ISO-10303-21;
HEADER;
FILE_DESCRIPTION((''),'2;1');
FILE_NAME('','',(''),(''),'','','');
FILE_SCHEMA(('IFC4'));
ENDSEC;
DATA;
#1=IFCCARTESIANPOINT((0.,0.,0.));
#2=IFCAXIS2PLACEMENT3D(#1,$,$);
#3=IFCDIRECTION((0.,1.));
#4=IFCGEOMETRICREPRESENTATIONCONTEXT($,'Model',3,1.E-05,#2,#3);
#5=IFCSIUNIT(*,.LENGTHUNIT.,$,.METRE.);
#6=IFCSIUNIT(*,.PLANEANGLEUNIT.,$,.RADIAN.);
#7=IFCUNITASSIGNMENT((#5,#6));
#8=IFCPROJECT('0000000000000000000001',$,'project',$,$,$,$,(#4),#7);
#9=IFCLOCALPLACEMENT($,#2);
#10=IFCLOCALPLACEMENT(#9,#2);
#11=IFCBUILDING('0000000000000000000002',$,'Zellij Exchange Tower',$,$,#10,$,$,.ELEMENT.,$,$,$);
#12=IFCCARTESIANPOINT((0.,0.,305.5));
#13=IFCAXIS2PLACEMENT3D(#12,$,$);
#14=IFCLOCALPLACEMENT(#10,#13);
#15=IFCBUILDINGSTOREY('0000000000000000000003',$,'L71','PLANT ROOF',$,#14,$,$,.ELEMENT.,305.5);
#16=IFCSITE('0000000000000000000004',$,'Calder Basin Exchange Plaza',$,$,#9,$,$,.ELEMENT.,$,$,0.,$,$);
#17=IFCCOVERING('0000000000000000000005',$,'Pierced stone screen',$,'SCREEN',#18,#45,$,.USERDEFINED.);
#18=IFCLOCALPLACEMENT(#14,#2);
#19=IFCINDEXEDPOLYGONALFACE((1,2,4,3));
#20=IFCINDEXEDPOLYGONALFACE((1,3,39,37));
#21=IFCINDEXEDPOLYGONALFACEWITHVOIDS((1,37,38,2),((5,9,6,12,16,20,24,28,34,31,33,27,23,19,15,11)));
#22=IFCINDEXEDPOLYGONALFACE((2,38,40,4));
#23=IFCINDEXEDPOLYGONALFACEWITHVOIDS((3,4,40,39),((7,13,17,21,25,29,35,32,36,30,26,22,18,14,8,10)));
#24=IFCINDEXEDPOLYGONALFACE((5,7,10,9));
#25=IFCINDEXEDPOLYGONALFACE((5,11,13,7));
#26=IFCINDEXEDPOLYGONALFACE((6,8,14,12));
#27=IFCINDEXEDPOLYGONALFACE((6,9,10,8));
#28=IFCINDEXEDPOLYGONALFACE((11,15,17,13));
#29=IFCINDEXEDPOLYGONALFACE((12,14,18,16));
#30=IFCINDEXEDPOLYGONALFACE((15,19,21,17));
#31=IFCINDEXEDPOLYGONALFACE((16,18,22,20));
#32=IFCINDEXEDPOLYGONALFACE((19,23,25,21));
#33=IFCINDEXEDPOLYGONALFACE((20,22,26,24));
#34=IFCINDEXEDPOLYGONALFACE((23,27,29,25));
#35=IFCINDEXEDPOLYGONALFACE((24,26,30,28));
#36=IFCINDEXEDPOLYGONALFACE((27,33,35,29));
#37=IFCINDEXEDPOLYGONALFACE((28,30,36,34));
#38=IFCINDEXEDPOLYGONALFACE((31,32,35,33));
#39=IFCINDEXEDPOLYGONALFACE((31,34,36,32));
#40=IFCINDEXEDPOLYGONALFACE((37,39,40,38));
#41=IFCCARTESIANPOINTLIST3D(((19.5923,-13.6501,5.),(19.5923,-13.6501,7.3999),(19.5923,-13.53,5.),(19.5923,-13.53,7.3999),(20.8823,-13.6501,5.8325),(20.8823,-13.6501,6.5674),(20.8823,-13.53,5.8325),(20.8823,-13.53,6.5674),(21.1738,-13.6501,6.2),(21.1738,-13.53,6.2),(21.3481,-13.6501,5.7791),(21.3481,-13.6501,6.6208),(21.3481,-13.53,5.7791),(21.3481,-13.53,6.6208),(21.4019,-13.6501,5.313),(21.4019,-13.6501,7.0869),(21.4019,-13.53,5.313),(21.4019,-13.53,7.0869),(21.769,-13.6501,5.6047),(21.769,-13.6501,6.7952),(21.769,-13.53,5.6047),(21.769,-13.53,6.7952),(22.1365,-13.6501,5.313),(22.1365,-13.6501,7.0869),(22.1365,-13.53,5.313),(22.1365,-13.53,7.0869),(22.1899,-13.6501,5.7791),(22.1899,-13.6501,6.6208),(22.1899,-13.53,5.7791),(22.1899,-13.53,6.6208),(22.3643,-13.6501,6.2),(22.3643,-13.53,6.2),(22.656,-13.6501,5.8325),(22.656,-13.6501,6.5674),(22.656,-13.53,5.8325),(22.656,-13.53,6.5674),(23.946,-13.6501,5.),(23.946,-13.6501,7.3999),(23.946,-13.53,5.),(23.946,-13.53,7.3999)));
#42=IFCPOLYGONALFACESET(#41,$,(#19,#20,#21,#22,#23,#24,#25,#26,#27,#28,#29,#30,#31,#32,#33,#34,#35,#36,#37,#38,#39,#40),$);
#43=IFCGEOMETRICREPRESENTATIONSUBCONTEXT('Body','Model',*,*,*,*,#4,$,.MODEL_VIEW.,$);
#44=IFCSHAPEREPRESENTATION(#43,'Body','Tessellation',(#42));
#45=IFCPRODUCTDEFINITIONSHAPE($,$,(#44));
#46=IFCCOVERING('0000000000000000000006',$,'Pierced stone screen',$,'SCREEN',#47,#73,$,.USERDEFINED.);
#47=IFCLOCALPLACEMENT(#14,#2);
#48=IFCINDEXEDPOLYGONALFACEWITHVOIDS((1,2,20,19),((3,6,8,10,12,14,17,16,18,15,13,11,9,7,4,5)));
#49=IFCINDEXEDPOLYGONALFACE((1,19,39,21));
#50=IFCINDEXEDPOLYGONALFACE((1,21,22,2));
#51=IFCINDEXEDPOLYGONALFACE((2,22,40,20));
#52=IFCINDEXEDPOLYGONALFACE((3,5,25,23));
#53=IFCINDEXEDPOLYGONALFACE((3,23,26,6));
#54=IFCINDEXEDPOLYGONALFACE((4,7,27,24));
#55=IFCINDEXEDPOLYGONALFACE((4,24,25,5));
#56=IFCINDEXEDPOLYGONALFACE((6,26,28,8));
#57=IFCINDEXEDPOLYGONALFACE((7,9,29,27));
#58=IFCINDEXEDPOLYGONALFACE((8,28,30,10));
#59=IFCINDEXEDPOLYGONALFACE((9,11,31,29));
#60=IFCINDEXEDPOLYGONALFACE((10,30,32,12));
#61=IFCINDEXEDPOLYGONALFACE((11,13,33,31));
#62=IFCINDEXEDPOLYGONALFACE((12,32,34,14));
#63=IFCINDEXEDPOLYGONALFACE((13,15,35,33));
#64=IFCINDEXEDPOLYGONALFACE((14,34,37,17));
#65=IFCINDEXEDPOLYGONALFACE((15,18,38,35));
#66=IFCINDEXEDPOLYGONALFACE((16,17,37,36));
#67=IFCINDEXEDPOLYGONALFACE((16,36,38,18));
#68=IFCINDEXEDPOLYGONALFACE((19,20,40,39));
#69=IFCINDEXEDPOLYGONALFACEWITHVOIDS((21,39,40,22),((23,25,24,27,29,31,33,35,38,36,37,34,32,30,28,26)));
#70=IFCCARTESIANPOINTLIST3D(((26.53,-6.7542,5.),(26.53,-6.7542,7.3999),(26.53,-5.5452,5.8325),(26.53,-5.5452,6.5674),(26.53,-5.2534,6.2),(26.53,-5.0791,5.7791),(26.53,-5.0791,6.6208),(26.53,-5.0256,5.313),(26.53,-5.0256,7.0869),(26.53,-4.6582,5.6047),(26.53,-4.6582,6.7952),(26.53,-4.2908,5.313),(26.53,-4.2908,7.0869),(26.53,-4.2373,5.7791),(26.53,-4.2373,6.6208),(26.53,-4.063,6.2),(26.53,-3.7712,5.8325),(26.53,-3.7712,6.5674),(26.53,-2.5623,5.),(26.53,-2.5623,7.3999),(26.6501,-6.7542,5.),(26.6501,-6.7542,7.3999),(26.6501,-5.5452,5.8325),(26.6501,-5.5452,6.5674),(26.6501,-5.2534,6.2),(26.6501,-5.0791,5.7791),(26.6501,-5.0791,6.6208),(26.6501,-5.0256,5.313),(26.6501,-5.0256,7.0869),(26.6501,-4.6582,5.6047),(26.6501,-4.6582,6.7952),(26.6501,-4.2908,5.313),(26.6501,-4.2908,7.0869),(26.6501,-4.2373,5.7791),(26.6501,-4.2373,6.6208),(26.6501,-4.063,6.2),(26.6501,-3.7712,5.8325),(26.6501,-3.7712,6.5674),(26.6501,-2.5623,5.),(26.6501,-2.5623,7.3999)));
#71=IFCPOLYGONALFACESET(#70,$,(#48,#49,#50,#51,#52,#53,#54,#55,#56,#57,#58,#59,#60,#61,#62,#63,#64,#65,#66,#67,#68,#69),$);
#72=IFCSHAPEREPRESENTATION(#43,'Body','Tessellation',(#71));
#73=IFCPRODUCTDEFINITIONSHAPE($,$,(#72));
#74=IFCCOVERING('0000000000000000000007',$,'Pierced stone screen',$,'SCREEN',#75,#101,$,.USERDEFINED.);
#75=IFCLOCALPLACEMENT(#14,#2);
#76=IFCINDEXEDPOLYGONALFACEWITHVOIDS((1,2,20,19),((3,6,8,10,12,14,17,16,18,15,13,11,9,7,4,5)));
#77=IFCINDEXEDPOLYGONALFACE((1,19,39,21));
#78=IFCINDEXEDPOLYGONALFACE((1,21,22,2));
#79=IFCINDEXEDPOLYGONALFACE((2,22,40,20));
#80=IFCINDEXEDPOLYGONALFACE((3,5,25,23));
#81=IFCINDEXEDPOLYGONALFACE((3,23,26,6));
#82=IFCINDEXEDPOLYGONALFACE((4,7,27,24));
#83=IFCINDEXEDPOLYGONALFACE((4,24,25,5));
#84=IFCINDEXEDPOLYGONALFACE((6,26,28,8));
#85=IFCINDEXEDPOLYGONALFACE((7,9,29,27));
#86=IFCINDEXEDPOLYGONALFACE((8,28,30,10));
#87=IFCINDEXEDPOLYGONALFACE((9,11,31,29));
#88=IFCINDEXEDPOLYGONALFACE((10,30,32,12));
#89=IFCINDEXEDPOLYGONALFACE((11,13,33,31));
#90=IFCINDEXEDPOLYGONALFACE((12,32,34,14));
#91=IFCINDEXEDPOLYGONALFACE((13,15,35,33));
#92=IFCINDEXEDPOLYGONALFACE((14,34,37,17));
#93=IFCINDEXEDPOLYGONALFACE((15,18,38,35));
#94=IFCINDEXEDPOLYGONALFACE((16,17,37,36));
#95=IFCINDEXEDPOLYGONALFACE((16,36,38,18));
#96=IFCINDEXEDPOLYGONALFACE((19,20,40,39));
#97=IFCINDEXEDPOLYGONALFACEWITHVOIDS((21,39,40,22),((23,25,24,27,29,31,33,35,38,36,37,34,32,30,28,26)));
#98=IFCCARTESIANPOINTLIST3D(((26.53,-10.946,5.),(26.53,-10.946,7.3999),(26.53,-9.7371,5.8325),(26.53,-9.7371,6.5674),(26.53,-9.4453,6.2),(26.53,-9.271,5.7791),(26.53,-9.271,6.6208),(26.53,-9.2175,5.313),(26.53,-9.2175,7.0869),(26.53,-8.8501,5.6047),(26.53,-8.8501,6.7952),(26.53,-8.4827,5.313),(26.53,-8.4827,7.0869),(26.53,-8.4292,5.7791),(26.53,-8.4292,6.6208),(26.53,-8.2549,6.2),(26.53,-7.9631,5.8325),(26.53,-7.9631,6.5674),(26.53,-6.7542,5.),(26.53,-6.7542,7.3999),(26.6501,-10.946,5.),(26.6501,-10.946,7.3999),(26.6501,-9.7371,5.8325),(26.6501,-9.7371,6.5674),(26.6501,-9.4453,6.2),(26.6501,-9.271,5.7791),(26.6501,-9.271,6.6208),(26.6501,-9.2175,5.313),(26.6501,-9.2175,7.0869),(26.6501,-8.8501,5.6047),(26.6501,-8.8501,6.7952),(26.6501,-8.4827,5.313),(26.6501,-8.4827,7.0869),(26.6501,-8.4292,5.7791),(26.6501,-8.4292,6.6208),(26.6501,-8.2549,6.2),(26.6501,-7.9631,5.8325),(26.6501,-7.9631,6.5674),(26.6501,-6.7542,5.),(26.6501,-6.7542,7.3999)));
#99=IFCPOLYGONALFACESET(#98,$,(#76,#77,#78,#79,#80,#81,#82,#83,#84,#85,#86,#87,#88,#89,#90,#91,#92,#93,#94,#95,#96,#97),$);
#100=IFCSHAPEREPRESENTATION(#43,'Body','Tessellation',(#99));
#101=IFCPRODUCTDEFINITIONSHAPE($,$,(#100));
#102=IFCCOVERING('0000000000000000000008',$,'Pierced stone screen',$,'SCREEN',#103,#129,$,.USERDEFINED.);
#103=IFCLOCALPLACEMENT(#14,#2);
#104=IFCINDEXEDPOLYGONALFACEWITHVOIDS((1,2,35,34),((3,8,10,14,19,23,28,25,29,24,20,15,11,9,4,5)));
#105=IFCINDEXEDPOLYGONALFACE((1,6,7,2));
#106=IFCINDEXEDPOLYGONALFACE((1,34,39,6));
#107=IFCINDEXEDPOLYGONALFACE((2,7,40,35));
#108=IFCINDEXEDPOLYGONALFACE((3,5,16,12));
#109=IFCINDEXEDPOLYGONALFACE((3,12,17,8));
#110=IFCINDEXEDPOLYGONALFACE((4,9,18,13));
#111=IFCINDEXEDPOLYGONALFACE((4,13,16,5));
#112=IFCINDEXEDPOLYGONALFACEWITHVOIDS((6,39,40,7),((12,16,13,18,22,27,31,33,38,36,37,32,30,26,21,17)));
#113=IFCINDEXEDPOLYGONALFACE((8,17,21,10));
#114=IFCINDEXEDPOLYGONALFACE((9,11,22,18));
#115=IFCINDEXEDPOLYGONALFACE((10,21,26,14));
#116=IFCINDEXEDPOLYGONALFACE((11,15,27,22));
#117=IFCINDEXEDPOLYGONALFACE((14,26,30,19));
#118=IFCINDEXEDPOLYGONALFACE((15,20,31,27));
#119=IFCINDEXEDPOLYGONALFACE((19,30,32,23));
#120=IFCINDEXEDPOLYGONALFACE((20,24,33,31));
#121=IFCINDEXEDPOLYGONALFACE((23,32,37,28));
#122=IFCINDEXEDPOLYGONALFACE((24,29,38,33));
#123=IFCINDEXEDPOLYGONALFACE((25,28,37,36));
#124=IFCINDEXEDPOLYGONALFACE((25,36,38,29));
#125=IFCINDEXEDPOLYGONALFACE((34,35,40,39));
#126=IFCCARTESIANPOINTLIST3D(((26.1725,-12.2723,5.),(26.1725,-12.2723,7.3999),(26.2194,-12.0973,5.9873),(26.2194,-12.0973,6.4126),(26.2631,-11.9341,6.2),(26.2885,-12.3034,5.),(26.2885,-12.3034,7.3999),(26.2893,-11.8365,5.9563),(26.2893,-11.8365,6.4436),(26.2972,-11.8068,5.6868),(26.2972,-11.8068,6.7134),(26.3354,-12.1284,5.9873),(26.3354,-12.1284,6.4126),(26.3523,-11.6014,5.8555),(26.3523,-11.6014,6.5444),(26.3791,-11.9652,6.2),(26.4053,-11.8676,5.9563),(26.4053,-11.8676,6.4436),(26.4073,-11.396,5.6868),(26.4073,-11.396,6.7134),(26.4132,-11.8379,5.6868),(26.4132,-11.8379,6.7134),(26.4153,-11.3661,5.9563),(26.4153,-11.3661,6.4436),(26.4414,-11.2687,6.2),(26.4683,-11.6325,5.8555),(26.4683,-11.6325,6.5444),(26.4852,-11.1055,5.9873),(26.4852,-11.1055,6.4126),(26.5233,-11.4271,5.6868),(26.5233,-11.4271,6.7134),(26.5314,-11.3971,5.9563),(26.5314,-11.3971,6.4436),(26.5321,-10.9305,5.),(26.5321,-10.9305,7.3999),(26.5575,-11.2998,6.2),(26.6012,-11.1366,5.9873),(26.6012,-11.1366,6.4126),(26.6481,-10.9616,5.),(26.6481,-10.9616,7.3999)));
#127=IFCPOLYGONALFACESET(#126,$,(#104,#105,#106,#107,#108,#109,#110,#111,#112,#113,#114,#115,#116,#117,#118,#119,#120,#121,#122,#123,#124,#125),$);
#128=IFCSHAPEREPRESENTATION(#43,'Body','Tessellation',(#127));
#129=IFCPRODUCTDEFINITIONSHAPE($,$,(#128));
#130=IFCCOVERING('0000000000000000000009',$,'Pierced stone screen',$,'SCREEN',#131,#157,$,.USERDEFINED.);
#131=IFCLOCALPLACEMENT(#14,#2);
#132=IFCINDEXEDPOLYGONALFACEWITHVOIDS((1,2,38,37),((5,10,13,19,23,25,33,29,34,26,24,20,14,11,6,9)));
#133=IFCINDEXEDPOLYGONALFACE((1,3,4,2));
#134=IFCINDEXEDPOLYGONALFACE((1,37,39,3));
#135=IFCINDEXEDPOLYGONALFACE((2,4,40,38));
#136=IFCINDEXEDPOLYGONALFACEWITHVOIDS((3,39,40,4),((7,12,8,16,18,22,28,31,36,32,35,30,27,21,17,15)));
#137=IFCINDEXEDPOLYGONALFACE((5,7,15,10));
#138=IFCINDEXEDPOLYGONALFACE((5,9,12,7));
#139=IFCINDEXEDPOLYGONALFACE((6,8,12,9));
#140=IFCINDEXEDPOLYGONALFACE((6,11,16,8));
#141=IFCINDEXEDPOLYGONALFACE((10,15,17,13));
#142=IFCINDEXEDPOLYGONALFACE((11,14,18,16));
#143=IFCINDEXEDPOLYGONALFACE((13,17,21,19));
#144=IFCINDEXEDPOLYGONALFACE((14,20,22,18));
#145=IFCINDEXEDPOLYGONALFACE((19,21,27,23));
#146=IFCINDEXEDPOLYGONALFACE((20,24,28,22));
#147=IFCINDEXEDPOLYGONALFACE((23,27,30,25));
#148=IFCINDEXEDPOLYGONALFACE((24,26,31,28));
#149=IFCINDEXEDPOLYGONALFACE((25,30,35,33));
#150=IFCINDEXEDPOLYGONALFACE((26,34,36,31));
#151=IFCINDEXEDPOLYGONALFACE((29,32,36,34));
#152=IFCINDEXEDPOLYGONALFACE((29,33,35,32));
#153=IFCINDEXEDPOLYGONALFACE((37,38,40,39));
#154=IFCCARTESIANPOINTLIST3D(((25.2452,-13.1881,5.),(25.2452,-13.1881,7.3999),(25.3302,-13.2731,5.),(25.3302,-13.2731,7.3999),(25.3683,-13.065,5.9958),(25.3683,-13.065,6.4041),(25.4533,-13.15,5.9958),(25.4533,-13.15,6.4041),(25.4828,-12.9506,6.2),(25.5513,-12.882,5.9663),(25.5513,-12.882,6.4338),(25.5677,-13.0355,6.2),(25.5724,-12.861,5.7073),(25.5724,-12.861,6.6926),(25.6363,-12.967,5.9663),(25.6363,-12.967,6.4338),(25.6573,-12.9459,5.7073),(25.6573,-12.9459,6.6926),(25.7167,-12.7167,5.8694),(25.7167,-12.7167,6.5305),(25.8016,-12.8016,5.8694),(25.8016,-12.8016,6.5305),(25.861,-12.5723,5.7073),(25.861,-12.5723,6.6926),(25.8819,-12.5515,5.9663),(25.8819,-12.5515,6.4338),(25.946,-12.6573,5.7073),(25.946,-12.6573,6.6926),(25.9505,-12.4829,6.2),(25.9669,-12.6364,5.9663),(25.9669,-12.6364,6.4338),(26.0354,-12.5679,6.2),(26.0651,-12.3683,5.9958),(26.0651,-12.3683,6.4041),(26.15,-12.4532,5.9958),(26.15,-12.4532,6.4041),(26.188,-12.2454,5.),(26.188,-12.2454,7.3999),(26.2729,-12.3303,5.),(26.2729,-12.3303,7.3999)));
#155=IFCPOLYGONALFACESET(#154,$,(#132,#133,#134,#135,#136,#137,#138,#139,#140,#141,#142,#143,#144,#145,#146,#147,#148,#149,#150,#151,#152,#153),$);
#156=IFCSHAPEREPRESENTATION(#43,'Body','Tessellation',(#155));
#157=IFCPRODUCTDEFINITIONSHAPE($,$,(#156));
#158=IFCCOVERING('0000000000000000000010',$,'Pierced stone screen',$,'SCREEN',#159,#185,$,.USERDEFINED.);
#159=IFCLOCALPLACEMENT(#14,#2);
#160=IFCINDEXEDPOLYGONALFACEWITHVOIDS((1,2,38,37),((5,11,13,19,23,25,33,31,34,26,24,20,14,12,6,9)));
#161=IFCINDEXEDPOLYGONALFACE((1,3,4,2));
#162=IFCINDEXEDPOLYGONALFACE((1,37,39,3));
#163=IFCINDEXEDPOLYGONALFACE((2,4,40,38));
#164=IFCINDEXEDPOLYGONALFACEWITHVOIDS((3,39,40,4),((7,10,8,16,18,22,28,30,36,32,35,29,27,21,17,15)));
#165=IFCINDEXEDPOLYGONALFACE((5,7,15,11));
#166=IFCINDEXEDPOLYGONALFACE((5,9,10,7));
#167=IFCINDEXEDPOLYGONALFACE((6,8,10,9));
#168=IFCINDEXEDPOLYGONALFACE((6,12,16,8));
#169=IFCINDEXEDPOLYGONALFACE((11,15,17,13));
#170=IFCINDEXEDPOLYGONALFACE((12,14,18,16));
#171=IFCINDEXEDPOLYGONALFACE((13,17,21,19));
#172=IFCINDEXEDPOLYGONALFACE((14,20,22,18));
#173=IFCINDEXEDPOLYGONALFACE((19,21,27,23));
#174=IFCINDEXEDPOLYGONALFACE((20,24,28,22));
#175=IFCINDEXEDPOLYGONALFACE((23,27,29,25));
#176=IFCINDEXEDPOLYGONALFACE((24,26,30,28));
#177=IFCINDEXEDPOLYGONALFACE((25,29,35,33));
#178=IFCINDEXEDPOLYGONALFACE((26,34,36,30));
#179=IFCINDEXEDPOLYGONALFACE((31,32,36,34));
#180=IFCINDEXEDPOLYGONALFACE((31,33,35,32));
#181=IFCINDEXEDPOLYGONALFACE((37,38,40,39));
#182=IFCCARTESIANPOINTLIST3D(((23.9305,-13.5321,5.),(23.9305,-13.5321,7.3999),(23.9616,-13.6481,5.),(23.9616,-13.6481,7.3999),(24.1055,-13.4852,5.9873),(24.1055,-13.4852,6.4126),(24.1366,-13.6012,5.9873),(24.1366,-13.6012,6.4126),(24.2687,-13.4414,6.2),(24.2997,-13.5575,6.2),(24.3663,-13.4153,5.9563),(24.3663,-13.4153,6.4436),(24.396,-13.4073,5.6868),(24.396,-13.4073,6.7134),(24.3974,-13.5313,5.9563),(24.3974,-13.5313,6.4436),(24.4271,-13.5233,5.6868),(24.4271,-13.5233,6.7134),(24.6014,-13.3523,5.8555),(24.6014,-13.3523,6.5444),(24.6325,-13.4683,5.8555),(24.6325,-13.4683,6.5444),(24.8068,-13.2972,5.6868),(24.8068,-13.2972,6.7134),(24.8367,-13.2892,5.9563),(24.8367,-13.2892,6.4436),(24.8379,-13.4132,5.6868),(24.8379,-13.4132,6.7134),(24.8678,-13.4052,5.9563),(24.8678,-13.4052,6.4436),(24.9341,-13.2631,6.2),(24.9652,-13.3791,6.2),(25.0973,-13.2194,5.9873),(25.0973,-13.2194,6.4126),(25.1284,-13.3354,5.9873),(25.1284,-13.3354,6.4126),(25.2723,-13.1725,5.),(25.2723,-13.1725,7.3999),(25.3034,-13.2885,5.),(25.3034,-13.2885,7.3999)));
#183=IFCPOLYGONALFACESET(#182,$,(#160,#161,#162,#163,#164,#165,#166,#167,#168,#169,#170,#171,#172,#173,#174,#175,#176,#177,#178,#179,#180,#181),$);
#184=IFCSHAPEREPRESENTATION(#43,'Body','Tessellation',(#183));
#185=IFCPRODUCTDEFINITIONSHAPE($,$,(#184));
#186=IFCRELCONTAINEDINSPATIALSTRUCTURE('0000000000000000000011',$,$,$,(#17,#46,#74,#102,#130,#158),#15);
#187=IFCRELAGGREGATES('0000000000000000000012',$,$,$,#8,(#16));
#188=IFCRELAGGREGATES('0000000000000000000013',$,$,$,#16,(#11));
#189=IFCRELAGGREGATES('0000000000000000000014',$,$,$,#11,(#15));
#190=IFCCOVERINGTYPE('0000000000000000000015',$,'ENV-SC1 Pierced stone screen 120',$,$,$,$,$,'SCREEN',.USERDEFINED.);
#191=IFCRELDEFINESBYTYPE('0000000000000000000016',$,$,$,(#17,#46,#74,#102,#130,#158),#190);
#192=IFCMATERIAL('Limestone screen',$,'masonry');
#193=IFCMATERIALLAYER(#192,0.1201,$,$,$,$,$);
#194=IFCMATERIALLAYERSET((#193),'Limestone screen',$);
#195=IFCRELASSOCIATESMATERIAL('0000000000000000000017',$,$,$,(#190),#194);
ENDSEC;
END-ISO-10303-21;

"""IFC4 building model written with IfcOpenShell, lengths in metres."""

from ifc_helpers import new_model, si_unit, direction, frame, origin, place, context, subcontext, project, spatial, polyline, outline, extrude, material, layer, layer_set, type_object, element, save


model = new_model("IFC4")

# Units and contexts
model_context = context("Model", 3, precision=1e-05, world=origin(), true_north=direction((0.0, 1.0)))
body_context = subcontext(model_context, "Body", "Model", "MODEL_VIEW")
ifc_project = project(units=[si_unit("LENGTHUNIT", "METRE"), si_unit("PLANEANGLEUNIT", "RADIAN")], contexts=[model_context])

# Site, building, storey
site_placement = place(None, origin())
site = spatial("IfcSite", under=ifc_project, at=site_placement, Name="Calder Basin Exchange Plaza", CompositionType="ELEMENT", RefElevation=0.0)
building_placement = place(site_placement, origin())
building = spatial("IfcBuilding", under=site, at=building_placement, Name="Zellij Exchange Tower", CompositionType="ELEMENT")
storey_placement = place(building_placement, frame((0.0, 0.0, 305.5)))
storey = spatial("IfcBuildingStorey", under=building, at=storey_placement, Name="L71", Description="PLANT ROOF", CompositionType="ELEMENT", Elevation=305.5)

# Coverings
ifc_material_1 = material(Name="Limestone screen", Category="masonry")
ifc_layer_1 = layer(ifc_material_1, 0.1201)
ifc_layer_set_1 = layer_set([ifc_layer_1], Name="Limestone screen")
covering_type_1 = type_object("IfcCoveringType", Name="ENV-SC1 Pierced stone screen 120", ElementType="SCREEN", PredefinedType="USERDEFINED", material=ifc_layer_set_1)
covering_1_placement = place(storey_placement, frame((23.946, -13.5901, 5.0), z_axis=(0.0, 0.0, 1.0), x_axis=(-1.0, 0.0, 0.0)))
element("IfcCovering", 1, at=covering_1_placement, inside=storey, type_object=covering_type_1, Name="Pierced stone screen", ObjectType="SCREEN", PredefinedType="USERDEFINED", context=body_context, shape_type="SweptSolid", body=[
    extrude(outline(polyline([(0.0, 0.0), (4.3538, 0.0), (4.3538, 2.3999), (0.0, 2.3999), (0.0, 0.0)]), holes=[polyline([(3.0637, 1.5674), (2.5979, 1.6208), (2.5442, 2.0869), (2.177, 1.7952), (1.8096, 2.0869), (1.7561, 1.6208), (1.29, 1.5674), (1.5818, 1.2), (1.29, 0.8325), (1.7561, 0.7791), (1.8096, 0.313), (2.177, 0.6047), (2.5442, 0.313), (2.5979, 0.7791), (3.0637, 0.8325), (2.7722, 1.2), (3.0637, 1.5674)])]), frame((0.0, 0.0601, 0.0), z_axis=(0.0, -1.0, 0.0), x_axis=(1.0, 0.0, 0.0)), (0.0, 0.0, 1.0), 0.1201),
])
for number, where, z_axis, x_axis, name in (
    (2, (26.5901, -2.5623, 5.0), (0.0, 0.0, 1.0), (0.0, -1.0, 0.0), "Pierced stone screen"),
    (3, (26.5901, -6.7542, 5.0), (0.0, 0.0, 1.0), (0.0, -1.0, 0.0), "Pierced stone screen"),
):
    element("IfcCovering", number, at=place(storey_placement, frame(where, z_axis=z_axis, x_axis=x_axis)), inside=storey, type_object=covering_type_1, Name=name, ObjectType="SCREEN", PredefinedType="USERDEFINED", context=body_context, shape_type="SweptSolid", body=[
        extrude(outline(polyline([(0.0, 0.0), (4.1919, 0.0), (4.1919, 2.3999), (0.0, 2.3999), (0.0, 0.0)]), holes=[polyline([(2.9829, 1.5674), (2.5168, 1.6208), (2.4634, 2.0869), (2.0959, 1.7952), (1.7285, 2.0869), (1.675, 1.6208), (1.209, 1.5674), (1.5007, 1.2), (1.209, 0.8325), (1.675, 0.7791), (1.7285, 0.313), (2.0959, 0.6047), (2.4634, 0.313), (2.5168, 0.7791), (2.9829, 0.8325), (2.6912, 1.2), (2.9829, 1.5674)])]), frame((0.0, 0.0601, 0.0), z_axis=(0.0, -1.0, 0.0), x_axis=(1.0, 0.0, 0.0)), (0.0, 0.0, 1.0), 0.1201),
    ])
covering_2_placement = place(storey_placement, frame((26.5901, -10.946, 5.0), z_axis=(0.0, 0.0, 1.0), x_axis=(-0.258877, -0.96591, 0.0)))
element("IfcCovering", 4, at=covering_2_placement, inside=storey, type_object=covering_type_1, Name="Pierced stone screen", ObjectType="SCREEN", PredefinedType="USERDEFINED", context=body_context, shape_type="SweptSolid", body=[
    extrude(outline(polyline([(0.0, 0.0), (1.3892, 0.0), (1.3892, 2.3999), (0.0, 2.3999), (0.0, 0.0)]), holes=[polyline([(1.208, 1.4126), (0.938, 1.4436), (0.9072, 1.7134), (0.6946, 1.5444), (0.4819, 1.7134), (0.4509, 1.4436), (0.1812, 1.4126), (0.3501, 1.2), (0.1812, 0.9873), (0.4509, 0.9563), (0.4819, 0.6868), (0.6946, 0.8555), (0.9072, 0.6868), (0.938, 0.9563), (1.208, 0.9873), (1.0391, 1.2), (1.208, 1.4126)])]), frame((0.0, 0.0601, 0.0), z_axis=(0.0, -1.0, 0.0), x_axis=(1.0, 0.0, 0.0)), (0.0, 0.0, 1.0), 0.1201),
])
covering_3_placement = place(storey_placement, frame((26.2305, -12.2878, 5.0), z_axis=(0.0, 0.0, 1.0), x_axis=(-0.707107, -0.707107, 0.0)))
element("IfcCovering", 5, at=covering_3_placement, inside=storey, type_object=covering_type_1, Name="Pierced stone screen", ObjectType="SCREEN", PredefinedType="USERDEFINED", context=body_context, shape_type="SweptSolid", body=[
    extrude(outline(polyline([(0.0, 0.0), (1.3333, 0.0), (1.3333, 2.3999), (0.0, 2.3999), (0.0, 0.0)]), holes=[polyline([(1.1592, 1.4041), (0.9004, 1.4338), (0.8706, 1.6926), (0.6665, 1.5305), (0.4624, 1.6926), (0.4329, 1.4338), (0.1738, 1.4041), (0.3359, 1.2), (0.1738, 0.9958), (0.4329, 0.9663), (0.4624, 0.7073), (0.6665, 0.8694), (0.8706, 0.7073), (0.9004, 0.9663), (1.1592, 0.9958), (0.9973, 1.2), (1.1592, 1.4041)])]), frame((0.0, 0.0601, 0.0), z_axis=(0.0, -1.0, 0.0), x_axis=(1.0, 0.0, 0.0)), (0.0, 0.0, 1.0), 0.1201),
])
covering_4_placement = place(storey_placement, frame((25.2878, -13.2305, 5.0), z_axis=(0.0, 0.0, 1.0), x_axis=(-0.96591, -0.258877, 0.0)))
element("IfcCovering", 6, at=covering_4_placement, inside=storey, type_object=covering_type_1, Name="Pierced stone screen", ObjectType="SCREEN", PredefinedType="USERDEFINED", context=body_context, shape_type="SweptSolid", body=[
    extrude(outline(polyline([(0.0, 0.0), (1.3892, 0.0), (1.3892, 2.3999), (0.0, 2.3999), (0.0, 0.0)]), holes=[polyline([(1.208, 1.4126), (0.938, 1.4436), (0.9072, 1.7134), (0.6946, 1.5444), (0.4819, 1.7134), (0.4509, 1.4436), (0.1812, 1.4126), (0.3501, 1.2), (0.1812, 0.9873), (0.4509, 0.9563), (0.4819, 0.6868), (0.6946, 0.8555), (0.9072, 0.6868), (0.938, 0.9563), (1.208, 0.9873), (1.0391, 1.2), (1.208, 1.4126)])]), frame((0.0, 0.0601, 0.0), z_axis=(0.0, -1.0, 0.0), x_axis=(1.0, 0.0, 0.0)), (0.0, 0.0, 1.0), 0.1201),
])

save(model, "model.ifc")
